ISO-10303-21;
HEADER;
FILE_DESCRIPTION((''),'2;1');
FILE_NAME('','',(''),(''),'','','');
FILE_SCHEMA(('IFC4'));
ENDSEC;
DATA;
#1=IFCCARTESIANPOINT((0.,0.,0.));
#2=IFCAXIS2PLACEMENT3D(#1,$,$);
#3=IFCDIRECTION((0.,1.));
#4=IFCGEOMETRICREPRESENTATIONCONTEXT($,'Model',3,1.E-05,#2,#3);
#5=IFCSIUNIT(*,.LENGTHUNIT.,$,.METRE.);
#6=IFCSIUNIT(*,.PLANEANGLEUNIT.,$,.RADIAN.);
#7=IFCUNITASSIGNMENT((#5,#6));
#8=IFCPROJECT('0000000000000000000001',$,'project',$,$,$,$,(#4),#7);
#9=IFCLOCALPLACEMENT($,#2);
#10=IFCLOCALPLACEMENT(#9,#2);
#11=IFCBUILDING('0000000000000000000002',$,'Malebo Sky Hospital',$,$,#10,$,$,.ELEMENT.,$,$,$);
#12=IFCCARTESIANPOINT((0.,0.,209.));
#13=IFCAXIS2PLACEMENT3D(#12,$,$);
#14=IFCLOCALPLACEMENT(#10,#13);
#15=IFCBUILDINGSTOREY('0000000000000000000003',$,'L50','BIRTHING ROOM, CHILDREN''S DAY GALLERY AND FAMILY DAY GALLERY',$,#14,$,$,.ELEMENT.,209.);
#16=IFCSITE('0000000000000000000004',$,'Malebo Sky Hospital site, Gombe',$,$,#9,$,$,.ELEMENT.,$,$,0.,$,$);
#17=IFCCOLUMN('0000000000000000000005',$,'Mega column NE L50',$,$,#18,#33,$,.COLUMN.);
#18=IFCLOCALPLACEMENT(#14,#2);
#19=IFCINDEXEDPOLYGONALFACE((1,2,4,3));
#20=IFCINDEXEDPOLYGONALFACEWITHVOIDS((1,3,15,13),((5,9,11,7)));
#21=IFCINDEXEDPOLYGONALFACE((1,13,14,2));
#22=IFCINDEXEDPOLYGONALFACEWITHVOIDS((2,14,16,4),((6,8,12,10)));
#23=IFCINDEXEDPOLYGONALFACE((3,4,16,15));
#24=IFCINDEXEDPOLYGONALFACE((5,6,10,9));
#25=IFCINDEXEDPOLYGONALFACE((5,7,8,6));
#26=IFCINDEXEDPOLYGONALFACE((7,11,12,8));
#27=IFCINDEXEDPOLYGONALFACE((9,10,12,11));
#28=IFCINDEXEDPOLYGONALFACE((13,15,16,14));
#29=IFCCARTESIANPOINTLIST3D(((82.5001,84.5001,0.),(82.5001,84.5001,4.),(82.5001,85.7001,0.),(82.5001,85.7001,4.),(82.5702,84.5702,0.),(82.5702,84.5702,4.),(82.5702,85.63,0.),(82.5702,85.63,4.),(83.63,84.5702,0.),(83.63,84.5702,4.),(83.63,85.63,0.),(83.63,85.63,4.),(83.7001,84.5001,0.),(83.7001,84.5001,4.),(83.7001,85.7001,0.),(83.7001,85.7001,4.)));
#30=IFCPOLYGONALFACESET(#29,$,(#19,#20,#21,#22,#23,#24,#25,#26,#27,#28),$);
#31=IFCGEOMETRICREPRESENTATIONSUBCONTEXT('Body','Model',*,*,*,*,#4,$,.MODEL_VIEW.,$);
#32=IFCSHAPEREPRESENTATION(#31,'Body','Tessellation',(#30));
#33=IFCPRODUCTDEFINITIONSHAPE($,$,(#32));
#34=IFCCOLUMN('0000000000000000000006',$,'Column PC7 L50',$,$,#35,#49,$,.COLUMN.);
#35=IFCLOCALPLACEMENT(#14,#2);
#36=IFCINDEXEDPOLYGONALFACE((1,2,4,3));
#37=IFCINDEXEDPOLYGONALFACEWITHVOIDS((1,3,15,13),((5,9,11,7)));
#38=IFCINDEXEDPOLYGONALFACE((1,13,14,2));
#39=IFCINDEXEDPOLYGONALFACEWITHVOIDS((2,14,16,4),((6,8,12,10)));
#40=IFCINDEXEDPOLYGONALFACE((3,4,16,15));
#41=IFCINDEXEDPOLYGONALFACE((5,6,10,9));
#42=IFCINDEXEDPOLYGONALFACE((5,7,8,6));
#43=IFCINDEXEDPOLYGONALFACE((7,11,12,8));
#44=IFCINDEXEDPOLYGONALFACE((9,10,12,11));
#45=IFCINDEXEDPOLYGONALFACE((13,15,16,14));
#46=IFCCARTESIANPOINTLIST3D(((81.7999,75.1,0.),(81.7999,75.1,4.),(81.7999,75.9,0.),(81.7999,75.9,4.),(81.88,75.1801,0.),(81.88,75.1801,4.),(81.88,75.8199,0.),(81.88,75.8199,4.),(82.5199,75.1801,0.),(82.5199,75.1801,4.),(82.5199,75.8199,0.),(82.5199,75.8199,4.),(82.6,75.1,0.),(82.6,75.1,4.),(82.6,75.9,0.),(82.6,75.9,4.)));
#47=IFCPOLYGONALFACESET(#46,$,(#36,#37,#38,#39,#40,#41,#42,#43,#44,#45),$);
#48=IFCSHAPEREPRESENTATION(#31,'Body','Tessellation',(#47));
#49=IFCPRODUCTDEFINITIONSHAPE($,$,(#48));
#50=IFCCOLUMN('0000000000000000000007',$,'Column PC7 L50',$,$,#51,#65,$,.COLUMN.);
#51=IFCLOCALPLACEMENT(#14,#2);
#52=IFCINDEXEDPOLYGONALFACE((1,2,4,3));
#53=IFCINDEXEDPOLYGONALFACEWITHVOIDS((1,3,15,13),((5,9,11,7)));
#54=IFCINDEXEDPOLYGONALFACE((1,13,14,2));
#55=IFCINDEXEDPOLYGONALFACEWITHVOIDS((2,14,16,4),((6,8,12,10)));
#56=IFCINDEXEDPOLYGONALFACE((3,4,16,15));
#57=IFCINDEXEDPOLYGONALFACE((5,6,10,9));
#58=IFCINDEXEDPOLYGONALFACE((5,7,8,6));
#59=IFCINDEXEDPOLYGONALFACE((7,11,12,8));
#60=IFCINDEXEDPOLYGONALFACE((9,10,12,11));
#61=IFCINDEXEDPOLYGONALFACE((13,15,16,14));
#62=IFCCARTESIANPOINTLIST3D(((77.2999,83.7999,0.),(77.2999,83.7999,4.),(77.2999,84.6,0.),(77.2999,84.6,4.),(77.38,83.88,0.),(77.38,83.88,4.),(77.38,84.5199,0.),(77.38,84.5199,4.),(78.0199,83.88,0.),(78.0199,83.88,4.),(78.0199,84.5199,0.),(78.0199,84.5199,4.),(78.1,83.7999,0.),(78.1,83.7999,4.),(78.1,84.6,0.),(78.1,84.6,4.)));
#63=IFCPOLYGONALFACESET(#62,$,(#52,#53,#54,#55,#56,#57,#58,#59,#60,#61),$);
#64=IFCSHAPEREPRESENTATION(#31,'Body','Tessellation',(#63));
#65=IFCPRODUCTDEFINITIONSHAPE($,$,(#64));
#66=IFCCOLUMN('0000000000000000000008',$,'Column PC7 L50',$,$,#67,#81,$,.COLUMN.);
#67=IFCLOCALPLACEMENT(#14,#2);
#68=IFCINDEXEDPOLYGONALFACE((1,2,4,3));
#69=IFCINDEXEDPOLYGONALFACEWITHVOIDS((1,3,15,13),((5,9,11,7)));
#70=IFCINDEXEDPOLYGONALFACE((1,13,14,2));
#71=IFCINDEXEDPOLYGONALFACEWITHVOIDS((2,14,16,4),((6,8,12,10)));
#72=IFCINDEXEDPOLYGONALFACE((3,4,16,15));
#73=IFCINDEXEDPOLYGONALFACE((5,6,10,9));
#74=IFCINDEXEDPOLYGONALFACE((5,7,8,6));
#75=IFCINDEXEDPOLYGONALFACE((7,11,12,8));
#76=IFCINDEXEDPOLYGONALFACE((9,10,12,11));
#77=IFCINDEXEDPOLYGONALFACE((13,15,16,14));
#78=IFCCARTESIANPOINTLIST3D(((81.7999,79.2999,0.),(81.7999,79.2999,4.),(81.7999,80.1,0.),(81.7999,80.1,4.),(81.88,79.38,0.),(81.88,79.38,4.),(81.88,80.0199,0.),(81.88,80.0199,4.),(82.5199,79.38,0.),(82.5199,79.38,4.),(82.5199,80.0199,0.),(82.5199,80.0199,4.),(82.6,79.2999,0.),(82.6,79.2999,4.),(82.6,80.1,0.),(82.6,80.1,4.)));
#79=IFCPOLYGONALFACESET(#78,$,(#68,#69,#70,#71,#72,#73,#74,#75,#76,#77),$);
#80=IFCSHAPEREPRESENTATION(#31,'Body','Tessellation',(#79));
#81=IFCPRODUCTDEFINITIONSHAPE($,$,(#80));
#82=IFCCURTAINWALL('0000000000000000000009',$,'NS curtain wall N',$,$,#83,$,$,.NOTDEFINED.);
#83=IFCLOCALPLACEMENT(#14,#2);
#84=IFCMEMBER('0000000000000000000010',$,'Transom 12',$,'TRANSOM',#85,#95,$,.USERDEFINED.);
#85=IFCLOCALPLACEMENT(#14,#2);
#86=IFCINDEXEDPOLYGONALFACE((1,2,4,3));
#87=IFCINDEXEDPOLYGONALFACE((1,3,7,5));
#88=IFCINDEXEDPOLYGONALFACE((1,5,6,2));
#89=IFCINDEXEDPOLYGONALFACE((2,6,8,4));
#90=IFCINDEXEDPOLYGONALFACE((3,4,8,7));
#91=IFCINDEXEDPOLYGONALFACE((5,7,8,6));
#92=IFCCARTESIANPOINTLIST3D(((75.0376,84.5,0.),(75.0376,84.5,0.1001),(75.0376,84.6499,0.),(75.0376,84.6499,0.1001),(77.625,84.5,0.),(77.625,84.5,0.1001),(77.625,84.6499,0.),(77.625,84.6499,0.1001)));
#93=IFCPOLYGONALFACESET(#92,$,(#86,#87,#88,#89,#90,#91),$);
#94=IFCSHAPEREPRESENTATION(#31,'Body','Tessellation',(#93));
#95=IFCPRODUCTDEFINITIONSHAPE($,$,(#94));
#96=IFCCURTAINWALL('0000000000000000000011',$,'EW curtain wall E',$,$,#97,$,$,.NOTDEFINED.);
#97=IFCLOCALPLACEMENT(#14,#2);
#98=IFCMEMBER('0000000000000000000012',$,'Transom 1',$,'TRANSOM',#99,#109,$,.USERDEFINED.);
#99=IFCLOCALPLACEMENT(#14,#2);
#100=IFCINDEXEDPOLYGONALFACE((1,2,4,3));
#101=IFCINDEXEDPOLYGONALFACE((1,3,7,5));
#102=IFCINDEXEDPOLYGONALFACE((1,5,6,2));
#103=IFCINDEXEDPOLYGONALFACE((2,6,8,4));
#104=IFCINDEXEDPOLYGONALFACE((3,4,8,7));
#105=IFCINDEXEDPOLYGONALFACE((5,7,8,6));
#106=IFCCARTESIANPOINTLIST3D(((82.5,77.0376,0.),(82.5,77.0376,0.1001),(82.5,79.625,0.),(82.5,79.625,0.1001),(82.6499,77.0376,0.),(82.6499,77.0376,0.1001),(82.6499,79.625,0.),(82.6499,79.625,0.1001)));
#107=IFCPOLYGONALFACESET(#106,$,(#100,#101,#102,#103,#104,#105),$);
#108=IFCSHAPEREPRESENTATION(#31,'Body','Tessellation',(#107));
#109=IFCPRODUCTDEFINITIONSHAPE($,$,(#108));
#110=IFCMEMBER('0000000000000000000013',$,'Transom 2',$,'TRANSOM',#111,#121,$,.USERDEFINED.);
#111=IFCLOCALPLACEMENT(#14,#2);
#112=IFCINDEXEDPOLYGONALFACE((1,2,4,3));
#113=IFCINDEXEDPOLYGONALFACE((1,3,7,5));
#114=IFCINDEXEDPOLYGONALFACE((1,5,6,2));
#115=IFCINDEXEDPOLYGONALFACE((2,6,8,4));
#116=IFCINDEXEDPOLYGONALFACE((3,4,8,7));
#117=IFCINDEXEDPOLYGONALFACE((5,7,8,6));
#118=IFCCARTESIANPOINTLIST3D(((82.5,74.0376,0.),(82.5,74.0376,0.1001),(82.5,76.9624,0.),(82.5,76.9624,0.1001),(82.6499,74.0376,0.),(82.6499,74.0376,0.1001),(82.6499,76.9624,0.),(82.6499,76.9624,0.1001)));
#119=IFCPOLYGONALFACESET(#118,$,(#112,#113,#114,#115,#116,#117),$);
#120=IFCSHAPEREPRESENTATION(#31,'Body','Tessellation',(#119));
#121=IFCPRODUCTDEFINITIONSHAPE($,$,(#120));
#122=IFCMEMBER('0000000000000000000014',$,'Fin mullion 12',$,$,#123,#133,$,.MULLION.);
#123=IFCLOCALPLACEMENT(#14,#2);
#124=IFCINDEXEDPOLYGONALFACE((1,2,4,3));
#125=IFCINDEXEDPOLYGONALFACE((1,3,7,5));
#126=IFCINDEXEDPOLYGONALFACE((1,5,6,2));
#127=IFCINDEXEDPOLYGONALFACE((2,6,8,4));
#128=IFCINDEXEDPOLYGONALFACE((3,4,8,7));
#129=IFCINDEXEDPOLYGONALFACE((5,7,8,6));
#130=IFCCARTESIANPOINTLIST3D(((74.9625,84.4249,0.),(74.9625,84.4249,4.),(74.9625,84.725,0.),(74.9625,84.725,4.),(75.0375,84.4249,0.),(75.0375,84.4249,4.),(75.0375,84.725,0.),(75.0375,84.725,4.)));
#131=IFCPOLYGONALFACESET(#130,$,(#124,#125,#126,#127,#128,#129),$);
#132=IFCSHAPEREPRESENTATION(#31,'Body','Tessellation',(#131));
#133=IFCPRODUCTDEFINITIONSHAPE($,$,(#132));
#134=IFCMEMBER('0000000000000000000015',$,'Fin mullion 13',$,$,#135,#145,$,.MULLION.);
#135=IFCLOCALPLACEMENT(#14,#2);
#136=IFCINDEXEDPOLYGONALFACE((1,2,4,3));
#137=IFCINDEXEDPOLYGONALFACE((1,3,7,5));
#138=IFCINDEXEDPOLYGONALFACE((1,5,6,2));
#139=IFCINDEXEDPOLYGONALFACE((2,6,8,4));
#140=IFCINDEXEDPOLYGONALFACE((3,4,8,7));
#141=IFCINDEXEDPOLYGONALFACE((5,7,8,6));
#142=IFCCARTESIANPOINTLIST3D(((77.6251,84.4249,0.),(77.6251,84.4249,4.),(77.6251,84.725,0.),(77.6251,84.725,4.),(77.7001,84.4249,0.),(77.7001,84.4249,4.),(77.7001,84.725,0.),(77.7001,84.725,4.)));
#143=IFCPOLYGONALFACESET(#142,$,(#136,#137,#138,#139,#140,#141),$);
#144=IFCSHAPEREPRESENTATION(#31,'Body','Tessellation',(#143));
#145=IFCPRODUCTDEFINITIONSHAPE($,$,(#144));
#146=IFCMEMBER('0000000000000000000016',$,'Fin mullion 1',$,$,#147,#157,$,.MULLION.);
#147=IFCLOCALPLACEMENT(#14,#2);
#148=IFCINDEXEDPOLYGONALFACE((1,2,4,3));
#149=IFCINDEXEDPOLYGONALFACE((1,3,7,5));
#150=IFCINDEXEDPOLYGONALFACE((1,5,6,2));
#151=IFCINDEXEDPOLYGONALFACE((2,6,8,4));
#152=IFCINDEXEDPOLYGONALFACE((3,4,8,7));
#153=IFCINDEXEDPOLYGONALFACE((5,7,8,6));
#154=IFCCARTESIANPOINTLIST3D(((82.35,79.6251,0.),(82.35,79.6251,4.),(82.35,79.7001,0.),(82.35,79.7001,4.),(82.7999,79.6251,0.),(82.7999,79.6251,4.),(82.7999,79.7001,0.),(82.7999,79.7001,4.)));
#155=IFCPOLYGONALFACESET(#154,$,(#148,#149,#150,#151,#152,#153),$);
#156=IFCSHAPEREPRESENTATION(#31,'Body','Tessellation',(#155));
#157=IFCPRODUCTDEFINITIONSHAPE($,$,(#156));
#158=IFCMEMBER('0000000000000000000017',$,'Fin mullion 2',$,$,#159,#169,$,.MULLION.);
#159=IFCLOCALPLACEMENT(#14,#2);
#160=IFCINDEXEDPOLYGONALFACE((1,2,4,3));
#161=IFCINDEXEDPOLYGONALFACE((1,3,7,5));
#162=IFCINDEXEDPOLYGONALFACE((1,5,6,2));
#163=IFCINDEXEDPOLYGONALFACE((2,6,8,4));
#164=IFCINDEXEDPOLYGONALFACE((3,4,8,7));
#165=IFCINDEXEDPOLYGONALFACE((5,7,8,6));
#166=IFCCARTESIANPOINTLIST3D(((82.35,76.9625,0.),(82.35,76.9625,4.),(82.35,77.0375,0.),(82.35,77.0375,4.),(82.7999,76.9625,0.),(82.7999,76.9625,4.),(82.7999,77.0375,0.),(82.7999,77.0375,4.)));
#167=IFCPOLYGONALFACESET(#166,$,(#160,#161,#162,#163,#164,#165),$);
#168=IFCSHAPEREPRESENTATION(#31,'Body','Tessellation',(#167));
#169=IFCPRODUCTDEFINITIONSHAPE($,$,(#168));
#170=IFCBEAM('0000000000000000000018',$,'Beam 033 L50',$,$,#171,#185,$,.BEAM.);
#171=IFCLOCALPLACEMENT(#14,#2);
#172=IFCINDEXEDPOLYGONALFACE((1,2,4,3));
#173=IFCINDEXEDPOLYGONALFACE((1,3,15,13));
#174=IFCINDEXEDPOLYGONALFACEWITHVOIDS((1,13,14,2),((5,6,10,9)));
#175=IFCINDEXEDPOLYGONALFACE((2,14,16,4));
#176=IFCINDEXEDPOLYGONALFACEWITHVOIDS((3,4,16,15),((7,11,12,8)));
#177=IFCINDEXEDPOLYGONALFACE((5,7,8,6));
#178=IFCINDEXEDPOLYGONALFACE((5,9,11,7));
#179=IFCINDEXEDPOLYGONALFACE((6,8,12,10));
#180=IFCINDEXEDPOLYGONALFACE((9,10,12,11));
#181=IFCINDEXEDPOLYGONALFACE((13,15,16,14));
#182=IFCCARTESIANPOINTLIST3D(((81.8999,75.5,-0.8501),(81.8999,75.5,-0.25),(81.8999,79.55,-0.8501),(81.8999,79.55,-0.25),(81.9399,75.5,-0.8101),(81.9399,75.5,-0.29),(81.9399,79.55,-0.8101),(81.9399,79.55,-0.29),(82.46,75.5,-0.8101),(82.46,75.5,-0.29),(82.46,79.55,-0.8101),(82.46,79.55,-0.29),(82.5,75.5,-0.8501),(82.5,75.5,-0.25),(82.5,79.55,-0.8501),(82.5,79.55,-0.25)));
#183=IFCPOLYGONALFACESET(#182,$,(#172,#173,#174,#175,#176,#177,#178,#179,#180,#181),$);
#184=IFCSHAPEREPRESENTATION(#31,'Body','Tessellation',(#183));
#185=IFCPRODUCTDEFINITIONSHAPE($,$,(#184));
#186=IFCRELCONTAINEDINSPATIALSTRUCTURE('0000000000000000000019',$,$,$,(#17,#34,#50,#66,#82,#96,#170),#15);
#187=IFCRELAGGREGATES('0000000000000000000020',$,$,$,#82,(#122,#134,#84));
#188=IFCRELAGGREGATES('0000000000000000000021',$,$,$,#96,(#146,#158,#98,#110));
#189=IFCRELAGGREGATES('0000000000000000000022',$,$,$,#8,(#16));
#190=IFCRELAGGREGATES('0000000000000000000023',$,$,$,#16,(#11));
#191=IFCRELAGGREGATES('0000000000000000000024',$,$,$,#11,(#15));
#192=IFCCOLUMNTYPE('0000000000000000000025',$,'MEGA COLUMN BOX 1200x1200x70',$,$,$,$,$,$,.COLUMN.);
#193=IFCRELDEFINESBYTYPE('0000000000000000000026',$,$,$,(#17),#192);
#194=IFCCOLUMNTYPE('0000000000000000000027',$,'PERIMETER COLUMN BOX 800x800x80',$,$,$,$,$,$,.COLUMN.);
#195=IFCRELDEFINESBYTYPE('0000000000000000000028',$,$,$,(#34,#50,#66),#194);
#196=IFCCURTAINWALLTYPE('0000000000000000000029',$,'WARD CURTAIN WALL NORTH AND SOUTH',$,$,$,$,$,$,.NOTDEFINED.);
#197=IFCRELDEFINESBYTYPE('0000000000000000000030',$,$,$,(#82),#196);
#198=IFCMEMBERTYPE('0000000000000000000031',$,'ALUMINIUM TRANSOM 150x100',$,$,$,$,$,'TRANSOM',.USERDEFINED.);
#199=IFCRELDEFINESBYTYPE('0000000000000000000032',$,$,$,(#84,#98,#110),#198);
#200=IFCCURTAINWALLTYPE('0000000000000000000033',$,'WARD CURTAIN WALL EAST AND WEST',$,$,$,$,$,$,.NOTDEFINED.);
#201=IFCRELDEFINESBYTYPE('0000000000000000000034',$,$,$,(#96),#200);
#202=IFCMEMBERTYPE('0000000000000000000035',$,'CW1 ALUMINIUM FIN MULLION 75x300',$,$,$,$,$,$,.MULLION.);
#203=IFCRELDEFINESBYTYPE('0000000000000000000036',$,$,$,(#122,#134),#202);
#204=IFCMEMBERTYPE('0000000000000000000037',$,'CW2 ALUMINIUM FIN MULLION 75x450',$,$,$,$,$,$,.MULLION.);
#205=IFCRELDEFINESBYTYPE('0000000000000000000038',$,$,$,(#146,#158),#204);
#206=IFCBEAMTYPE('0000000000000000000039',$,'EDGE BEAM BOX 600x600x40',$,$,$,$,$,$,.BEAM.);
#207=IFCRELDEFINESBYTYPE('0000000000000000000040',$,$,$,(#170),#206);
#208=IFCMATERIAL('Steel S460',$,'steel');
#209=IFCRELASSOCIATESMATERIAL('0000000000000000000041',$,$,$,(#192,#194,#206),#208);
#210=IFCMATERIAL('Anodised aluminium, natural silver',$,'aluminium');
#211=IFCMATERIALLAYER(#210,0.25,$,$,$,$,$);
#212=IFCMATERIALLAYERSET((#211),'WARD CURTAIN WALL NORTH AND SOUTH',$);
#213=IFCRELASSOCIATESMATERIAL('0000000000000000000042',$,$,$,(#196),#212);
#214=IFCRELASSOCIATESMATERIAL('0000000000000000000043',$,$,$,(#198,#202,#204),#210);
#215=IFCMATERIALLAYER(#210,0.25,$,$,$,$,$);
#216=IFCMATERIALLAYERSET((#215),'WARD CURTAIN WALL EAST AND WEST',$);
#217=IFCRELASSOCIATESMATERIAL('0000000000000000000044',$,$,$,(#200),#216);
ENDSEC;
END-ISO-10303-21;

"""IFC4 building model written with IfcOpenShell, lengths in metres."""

from ifc_helpers import new_model, si_unit, direction, frame, origin, origin_2d, place, context, subcontext, project, spatial, rectangle, hollow_rectangle, extrude, material, layer, layer_set, material_profile, profile_set, type_object, element, aggregate, save


model = new_model("IFC4")

# Units and contexts
model_context = context("Model", 3, precision=1e-05, world=origin(), true_north=direction((0.0, 1.0)))
body_context = subcontext(model_context, "Body", "Model", "MODEL_VIEW")
ifc_project = project(units=[si_unit("LENGTHUNIT", "METRE"), si_unit("PLANEANGLEUNIT", "RADIAN")], contexts=[model_context])

# Site, building, storey
site_placement = place(None, origin())
site = spatial("IfcSite", under=ifc_project, at=site_placement, Name="Malebo Sky Hospital site, Gombe", CompositionType="ELEMENT", RefElevation=0.0)
building_placement = place(site_placement, origin())
building = spatial("IfcBuilding", under=site, at=building_placement, Name="Malebo Sky Hospital", CompositionType="ELEMENT")
storey_placement = place(building_placement, frame((0.0, 0.0, 209.0)))
storey = spatial("IfcBuildingStorey", under=building, at=storey_placement, Name="L50", Description="BIRTHING ROOM, CHILDREN'S DAY GALLERY AND FAMILY DAY GALLERY", CompositionType="ELEMENT", Elevation=209.0)

# Columns
ifc_material_1 = material(Name="Steel S460", Category="steel")
ifc_material_profile_1 = material_profile(ifc_material_1, hollow_rectangle(XDim=1.2, YDim=1.2, WallThickness=0.0701, at=origin_2d()), Name="BOX 1200x1200x70")
ifc_profile_set_1 = profile_set([ifc_material_profile_1], Name="Steel S460")
column_type_1 = type_object("IfcColumnType", Name="MEGA COLUMN BOX 1200x1200x70", PredefinedType="COLUMN", material=ifc_profile_set_1)
column_placement = place(storey_placement, frame((83.1001, 85.1001, 0.0), z_axis=(0.0, 0.0, 1.0), x_axis=(1.0, 0.0, 0.0)))
element("IfcColumn", 1, at=column_placement, inside=storey, type_object=column_type_1, Name="Mega column NE L50", PredefinedType="COLUMN", context=body_context, shape_type="SweptSolid", body=[
    extrude(hollow_rectangle(XDim=1.2, YDim=1.2, WallThickness=0.0701, at=origin_2d()), origin(), (0.0, 0.0, 1.0), 4.0),
])
ifc_material_profile_2 = material_profile(ifc_material_1, hollow_rectangle(XDim=0.8, YDim=0.8, WallThickness=0.0801, at=origin_2d()), Name="BOX 800x800x80")
ifc_profile_set_2 = profile_set([ifc_material_profile_2], Name="Steel S460")
column_type_2 = type_object("IfcColumnType", Name="PERIMETER COLUMN BOX 800x800x80", PredefinedType="COLUMN", material=ifc_profile_set_2)
for number, where, z_axis, x_axis, name in (
    (2, (82.2, 75.5, 0.0), (0.0, 0.0, 1.0), (1.0, 0.0, 0.0), "Column PC7 L50"),
    (3, (77.7, 84.2, 0.0), (0.0, 0.0, 1.0), (1.0, 0.0, 0.0), "Column PC7 L50"),
    (4, (82.2, 79.7, 0.0), (0.0, 0.0, 1.0), (1.0, 0.0, 0.0), "Column PC7 L50"),
):
    element("IfcColumn", number, at=place(storey_placement, frame(where, z_axis=z_axis, x_axis=x_axis)), inside=storey, type_object=column_type_2, Name=name, PredefinedType="COLUMN", context=body_context, shape_type="SweptSolid", body=[
        extrude(hollow_rectangle(XDim=0.8, YDim=0.8, WallThickness=0.0801, at=origin_2d()), origin(), (0.0, 0.0, 1.0), 4.0),
    ])

# Curtain wall, member
ifc_material_2 = material(Name="Anodised aluminium, natural silver", Category="aluminium")
ifc_layer_1 = layer(ifc_material_2, 0.25)
ifc_layer_set_1 = layer_set([ifc_layer_1], Name="WARD CURTAIN WALL NORTH AND SOUTH")
curtain_wall_type_1 = type_object("IfcCurtainWallType", Name="WARD CURTAIN WALL NORTH AND SOUTH", PredefinedType="NOTDEFINED", material=ifc_layer_set_1)
curtain_wall_1_placement = place(storey_placement, origin())
curtain_wall_1 = element("IfcCurtainWall", 5, at=curtain_wall_1_placement, inside=storey, type_object=curtain_wall_type_1, Name="NS curtain wall N", PredefinedType="NOTDEFINED")
ifc_material_profile_3 = material_profile(ifc_material_2, rectangle(XDim=0.1499, YDim=0.1001, at=origin_2d()), Name="ALUMINIUM TRANSOM 150x100")
ifc_profile_set_3 = profile_set([ifc_material_profile_3], Name="Anodised aluminium, natural silver")
member_type_1 = type_object("IfcMemberType", Name="ALUMINIUM TRANSOM 150x100", ElementType="TRANSOM", PredefinedType="USERDEFINED", material=ifc_profile_set_3)
member_1_placement = place(storey_placement, frame((75.0376, 84.575, 0.05), z_axis=(1.0, 0.0, 0.0), x_axis=(0.0, 1.0, 0.0)))
member_1 = element("IfcMember", 6, at=member_1_placement, type_object=member_type_1, Name="Transom 12", ObjectType="TRANSOM", PredefinedType="USERDEFINED", context=body_context, shape_type="SweptSolid", body=[
    extrude(rectangle(XDim=0.1499, YDim=0.1001, at=origin_2d()), origin(), (0.0, 0.0, 1.0), 2.5874),
])

# Curtain wall, members
ifc_layer_2 = layer(ifc_material_2, 0.25)
ifc_layer_set_2 = layer_set([ifc_layer_2], Name="WARD CURTAIN WALL EAST AND WEST")
curtain_wall_type_2 = type_object("IfcCurtainWallType", Name="WARD CURTAIN WALL EAST AND WEST", PredefinedType="NOTDEFINED", material=ifc_layer_set_2)
curtain_wall_2_placement = place(storey_placement, origin())
curtain_wall_2 = element("IfcCurtainWall", 7, at=curtain_wall_2_placement, inside=storey, type_object=curtain_wall_type_2, Name="EW curtain wall E", PredefinedType="NOTDEFINED")
member_2_placement = place(storey_placement, frame((82.575, 79.625, 0.05), z_axis=(0.0, -1.0, 0.0), x_axis=(1.0, 0.0, 0.0)))
member_2 = element("IfcMember", 8, at=member_2_placement, type_object=member_type_1, Name="Transom 1", ObjectType="TRANSOM", PredefinedType="USERDEFINED", context=body_context, shape_type="SweptSolid", body=[
    extrude(rectangle(XDim=0.1499, YDim=0.1001, at=origin_2d()), origin(), (0.0, 0.0, 1.0), 2.5874),
])
member_3_placement = place(storey_placement, frame((82.575, 76.9624, 0.05), z_axis=(0.0, -1.0, 0.0), x_axis=(1.0, 0.0, 0.0)))
member_3 = element("IfcMember", 9, at=member_3_placement, type_object=member_type_1, Name="Transom 2", ObjectType="TRANSOM", PredefinedType="USERDEFINED", context=body_context, shape_type="SweptSolid", body=[
    extrude(rectangle(XDim=0.1499, YDim=0.1001, at=origin_2d()), origin(), (0.0, 0.0, 1.0), 2.9248),
])

# Members
ifc_material_profile_4 = material_profile(ifc_material_2, rectangle(XDim=0.075, YDim=0.3, at=origin_2d()), Name="CW1 ALUMINIUM FIN MULLION 75x300")
ifc_profile_set_4 = profile_set([ifc_material_profile_4], Name="Anodised aluminium, natural silver")
member_type_2 = type_object("IfcMemberType", Name="CW1 ALUMINIUM FIN MULLION 75x300", PredefinedType="MULLION", material=ifc_profile_set_4)
member_4_placement = place(storey_placement, frame((75.0, 84.575, 0.0), z_axis=(0.0, 0.0, 1.0), x_axis=(1.0, 0.0, 0.0)))
member_4 = element("IfcMember", 10, at=member_4_placement, type_object=member_type_2, Name="Fin mullion 12", PredefinedType="MULLION", context=body_context, shape_type="SweptSolid", body=[
    extrude(rectangle(XDim=0.075, YDim=0.3, at=origin_2d()), origin(), (0.0, 0.0, 1.0), 4.0),
])
member_5_placement = place(storey_placement, frame((77.6626, 84.575, 0.0), z_axis=(0.0, 0.0, 1.0), x_axis=(1.0, 0.0, 0.0)))
member_5 = element("IfcMember", 11, at=member_5_placement, type_object=member_type_2, Name="Fin mullion 13", PredefinedType="MULLION", context=body_context, shape_type="SweptSolid", body=[
    extrude(rectangle(XDim=0.075, YDim=0.3, at=origin_2d()), origin(), (0.0, 0.0, 1.0), 4.0),
])
ifc_material_profile_5 = material_profile(ifc_material_2, rectangle(XDim=0.075, YDim=0.45, at=origin_2d()), Name="CW2 ALUMINIUM FIN MULLION 75x450")
ifc_profile_set_5 = profile_set([ifc_material_profile_5], Name="Anodised aluminium, natural silver")
member_type_3 = type_object("IfcMemberType", Name="CW2 ALUMINIUM FIN MULLION 75x450", PredefinedType="MULLION", material=ifc_profile_set_5)
member_6_placement = place(storey_placement, frame((82.575, 79.6626, 0.0), z_axis=(0.0, 0.0, 1.0), x_axis=(0.0, -1.0, 0.0)))
member_6 = element("IfcMember", 12, at=member_6_placement, type_object=member_type_3, Name="Fin mullion 1", PredefinedType="MULLION", context=body_context, shape_type="SweptSolid", body=[
    extrude(rectangle(XDim=0.075, YDim=0.45, at=origin_2d()), origin(), (0.0, 0.0, 1.0), 4.0),
])
member_7_placement = place(storey_placement, frame((82.575, 77.0, 0.0), z_axis=(0.0, 0.0, 1.0), x_axis=(0.0, -1.0, 0.0)))
member_7 = element("IfcMember", 13, at=member_7_placement, type_object=member_type_3, Name="Fin mullion 2", PredefinedType="MULLION", context=body_context, shape_type="SweptSolid", body=[
    extrude(rectangle(XDim=0.075, YDim=0.45, at=origin_2d()), origin(), (0.0, 0.0, 1.0), 4.0),
])

# Beam
ifc_material_profile_6 = material_profile(ifc_material_1, hollow_rectangle(XDim=0.6001, YDim=0.6001, WallThickness=0.04, at=origin_2d()), Name="BOX 600x600x40")
ifc_profile_set_6 = profile_set([ifc_material_profile_6], Name="Steel S460")
beam_type_1 = type_object("IfcBeamType", Name="EDGE BEAM BOX 600x600x40", PredefinedType="BEAM", material=ifc_profile_set_6)
for number, where, z_axis, x_axis, name in (
    (14, (82.2, 75.5, -0.55), (0.0, 1.0, 0.0), (-1.0, 0.0, 0.0), "Beam 033 L50"),
):
    element("IfcBeam", number, at=place(storey_placement, frame(where, z_axis=z_axis, x_axis=x_axis)), inside=storey, type_object=beam_type_1, Name=name, PredefinedType="BEAM", context=body_context, shape_type="SweptSolid", body=[
        extrude(hollow_rectangle(XDim=0.6001, YDim=0.6001, WallThickness=0.04, at=origin_2d()), origin(), (0.0, 0.0, 1.0), 4.05),
    ])

aggregate(curtain_wall_1, [member_4, member_5, member_1])
aggregate(curtain_wall_2, [member_6, member_7, member_2, member_3])

save(model, "model.ifc")
